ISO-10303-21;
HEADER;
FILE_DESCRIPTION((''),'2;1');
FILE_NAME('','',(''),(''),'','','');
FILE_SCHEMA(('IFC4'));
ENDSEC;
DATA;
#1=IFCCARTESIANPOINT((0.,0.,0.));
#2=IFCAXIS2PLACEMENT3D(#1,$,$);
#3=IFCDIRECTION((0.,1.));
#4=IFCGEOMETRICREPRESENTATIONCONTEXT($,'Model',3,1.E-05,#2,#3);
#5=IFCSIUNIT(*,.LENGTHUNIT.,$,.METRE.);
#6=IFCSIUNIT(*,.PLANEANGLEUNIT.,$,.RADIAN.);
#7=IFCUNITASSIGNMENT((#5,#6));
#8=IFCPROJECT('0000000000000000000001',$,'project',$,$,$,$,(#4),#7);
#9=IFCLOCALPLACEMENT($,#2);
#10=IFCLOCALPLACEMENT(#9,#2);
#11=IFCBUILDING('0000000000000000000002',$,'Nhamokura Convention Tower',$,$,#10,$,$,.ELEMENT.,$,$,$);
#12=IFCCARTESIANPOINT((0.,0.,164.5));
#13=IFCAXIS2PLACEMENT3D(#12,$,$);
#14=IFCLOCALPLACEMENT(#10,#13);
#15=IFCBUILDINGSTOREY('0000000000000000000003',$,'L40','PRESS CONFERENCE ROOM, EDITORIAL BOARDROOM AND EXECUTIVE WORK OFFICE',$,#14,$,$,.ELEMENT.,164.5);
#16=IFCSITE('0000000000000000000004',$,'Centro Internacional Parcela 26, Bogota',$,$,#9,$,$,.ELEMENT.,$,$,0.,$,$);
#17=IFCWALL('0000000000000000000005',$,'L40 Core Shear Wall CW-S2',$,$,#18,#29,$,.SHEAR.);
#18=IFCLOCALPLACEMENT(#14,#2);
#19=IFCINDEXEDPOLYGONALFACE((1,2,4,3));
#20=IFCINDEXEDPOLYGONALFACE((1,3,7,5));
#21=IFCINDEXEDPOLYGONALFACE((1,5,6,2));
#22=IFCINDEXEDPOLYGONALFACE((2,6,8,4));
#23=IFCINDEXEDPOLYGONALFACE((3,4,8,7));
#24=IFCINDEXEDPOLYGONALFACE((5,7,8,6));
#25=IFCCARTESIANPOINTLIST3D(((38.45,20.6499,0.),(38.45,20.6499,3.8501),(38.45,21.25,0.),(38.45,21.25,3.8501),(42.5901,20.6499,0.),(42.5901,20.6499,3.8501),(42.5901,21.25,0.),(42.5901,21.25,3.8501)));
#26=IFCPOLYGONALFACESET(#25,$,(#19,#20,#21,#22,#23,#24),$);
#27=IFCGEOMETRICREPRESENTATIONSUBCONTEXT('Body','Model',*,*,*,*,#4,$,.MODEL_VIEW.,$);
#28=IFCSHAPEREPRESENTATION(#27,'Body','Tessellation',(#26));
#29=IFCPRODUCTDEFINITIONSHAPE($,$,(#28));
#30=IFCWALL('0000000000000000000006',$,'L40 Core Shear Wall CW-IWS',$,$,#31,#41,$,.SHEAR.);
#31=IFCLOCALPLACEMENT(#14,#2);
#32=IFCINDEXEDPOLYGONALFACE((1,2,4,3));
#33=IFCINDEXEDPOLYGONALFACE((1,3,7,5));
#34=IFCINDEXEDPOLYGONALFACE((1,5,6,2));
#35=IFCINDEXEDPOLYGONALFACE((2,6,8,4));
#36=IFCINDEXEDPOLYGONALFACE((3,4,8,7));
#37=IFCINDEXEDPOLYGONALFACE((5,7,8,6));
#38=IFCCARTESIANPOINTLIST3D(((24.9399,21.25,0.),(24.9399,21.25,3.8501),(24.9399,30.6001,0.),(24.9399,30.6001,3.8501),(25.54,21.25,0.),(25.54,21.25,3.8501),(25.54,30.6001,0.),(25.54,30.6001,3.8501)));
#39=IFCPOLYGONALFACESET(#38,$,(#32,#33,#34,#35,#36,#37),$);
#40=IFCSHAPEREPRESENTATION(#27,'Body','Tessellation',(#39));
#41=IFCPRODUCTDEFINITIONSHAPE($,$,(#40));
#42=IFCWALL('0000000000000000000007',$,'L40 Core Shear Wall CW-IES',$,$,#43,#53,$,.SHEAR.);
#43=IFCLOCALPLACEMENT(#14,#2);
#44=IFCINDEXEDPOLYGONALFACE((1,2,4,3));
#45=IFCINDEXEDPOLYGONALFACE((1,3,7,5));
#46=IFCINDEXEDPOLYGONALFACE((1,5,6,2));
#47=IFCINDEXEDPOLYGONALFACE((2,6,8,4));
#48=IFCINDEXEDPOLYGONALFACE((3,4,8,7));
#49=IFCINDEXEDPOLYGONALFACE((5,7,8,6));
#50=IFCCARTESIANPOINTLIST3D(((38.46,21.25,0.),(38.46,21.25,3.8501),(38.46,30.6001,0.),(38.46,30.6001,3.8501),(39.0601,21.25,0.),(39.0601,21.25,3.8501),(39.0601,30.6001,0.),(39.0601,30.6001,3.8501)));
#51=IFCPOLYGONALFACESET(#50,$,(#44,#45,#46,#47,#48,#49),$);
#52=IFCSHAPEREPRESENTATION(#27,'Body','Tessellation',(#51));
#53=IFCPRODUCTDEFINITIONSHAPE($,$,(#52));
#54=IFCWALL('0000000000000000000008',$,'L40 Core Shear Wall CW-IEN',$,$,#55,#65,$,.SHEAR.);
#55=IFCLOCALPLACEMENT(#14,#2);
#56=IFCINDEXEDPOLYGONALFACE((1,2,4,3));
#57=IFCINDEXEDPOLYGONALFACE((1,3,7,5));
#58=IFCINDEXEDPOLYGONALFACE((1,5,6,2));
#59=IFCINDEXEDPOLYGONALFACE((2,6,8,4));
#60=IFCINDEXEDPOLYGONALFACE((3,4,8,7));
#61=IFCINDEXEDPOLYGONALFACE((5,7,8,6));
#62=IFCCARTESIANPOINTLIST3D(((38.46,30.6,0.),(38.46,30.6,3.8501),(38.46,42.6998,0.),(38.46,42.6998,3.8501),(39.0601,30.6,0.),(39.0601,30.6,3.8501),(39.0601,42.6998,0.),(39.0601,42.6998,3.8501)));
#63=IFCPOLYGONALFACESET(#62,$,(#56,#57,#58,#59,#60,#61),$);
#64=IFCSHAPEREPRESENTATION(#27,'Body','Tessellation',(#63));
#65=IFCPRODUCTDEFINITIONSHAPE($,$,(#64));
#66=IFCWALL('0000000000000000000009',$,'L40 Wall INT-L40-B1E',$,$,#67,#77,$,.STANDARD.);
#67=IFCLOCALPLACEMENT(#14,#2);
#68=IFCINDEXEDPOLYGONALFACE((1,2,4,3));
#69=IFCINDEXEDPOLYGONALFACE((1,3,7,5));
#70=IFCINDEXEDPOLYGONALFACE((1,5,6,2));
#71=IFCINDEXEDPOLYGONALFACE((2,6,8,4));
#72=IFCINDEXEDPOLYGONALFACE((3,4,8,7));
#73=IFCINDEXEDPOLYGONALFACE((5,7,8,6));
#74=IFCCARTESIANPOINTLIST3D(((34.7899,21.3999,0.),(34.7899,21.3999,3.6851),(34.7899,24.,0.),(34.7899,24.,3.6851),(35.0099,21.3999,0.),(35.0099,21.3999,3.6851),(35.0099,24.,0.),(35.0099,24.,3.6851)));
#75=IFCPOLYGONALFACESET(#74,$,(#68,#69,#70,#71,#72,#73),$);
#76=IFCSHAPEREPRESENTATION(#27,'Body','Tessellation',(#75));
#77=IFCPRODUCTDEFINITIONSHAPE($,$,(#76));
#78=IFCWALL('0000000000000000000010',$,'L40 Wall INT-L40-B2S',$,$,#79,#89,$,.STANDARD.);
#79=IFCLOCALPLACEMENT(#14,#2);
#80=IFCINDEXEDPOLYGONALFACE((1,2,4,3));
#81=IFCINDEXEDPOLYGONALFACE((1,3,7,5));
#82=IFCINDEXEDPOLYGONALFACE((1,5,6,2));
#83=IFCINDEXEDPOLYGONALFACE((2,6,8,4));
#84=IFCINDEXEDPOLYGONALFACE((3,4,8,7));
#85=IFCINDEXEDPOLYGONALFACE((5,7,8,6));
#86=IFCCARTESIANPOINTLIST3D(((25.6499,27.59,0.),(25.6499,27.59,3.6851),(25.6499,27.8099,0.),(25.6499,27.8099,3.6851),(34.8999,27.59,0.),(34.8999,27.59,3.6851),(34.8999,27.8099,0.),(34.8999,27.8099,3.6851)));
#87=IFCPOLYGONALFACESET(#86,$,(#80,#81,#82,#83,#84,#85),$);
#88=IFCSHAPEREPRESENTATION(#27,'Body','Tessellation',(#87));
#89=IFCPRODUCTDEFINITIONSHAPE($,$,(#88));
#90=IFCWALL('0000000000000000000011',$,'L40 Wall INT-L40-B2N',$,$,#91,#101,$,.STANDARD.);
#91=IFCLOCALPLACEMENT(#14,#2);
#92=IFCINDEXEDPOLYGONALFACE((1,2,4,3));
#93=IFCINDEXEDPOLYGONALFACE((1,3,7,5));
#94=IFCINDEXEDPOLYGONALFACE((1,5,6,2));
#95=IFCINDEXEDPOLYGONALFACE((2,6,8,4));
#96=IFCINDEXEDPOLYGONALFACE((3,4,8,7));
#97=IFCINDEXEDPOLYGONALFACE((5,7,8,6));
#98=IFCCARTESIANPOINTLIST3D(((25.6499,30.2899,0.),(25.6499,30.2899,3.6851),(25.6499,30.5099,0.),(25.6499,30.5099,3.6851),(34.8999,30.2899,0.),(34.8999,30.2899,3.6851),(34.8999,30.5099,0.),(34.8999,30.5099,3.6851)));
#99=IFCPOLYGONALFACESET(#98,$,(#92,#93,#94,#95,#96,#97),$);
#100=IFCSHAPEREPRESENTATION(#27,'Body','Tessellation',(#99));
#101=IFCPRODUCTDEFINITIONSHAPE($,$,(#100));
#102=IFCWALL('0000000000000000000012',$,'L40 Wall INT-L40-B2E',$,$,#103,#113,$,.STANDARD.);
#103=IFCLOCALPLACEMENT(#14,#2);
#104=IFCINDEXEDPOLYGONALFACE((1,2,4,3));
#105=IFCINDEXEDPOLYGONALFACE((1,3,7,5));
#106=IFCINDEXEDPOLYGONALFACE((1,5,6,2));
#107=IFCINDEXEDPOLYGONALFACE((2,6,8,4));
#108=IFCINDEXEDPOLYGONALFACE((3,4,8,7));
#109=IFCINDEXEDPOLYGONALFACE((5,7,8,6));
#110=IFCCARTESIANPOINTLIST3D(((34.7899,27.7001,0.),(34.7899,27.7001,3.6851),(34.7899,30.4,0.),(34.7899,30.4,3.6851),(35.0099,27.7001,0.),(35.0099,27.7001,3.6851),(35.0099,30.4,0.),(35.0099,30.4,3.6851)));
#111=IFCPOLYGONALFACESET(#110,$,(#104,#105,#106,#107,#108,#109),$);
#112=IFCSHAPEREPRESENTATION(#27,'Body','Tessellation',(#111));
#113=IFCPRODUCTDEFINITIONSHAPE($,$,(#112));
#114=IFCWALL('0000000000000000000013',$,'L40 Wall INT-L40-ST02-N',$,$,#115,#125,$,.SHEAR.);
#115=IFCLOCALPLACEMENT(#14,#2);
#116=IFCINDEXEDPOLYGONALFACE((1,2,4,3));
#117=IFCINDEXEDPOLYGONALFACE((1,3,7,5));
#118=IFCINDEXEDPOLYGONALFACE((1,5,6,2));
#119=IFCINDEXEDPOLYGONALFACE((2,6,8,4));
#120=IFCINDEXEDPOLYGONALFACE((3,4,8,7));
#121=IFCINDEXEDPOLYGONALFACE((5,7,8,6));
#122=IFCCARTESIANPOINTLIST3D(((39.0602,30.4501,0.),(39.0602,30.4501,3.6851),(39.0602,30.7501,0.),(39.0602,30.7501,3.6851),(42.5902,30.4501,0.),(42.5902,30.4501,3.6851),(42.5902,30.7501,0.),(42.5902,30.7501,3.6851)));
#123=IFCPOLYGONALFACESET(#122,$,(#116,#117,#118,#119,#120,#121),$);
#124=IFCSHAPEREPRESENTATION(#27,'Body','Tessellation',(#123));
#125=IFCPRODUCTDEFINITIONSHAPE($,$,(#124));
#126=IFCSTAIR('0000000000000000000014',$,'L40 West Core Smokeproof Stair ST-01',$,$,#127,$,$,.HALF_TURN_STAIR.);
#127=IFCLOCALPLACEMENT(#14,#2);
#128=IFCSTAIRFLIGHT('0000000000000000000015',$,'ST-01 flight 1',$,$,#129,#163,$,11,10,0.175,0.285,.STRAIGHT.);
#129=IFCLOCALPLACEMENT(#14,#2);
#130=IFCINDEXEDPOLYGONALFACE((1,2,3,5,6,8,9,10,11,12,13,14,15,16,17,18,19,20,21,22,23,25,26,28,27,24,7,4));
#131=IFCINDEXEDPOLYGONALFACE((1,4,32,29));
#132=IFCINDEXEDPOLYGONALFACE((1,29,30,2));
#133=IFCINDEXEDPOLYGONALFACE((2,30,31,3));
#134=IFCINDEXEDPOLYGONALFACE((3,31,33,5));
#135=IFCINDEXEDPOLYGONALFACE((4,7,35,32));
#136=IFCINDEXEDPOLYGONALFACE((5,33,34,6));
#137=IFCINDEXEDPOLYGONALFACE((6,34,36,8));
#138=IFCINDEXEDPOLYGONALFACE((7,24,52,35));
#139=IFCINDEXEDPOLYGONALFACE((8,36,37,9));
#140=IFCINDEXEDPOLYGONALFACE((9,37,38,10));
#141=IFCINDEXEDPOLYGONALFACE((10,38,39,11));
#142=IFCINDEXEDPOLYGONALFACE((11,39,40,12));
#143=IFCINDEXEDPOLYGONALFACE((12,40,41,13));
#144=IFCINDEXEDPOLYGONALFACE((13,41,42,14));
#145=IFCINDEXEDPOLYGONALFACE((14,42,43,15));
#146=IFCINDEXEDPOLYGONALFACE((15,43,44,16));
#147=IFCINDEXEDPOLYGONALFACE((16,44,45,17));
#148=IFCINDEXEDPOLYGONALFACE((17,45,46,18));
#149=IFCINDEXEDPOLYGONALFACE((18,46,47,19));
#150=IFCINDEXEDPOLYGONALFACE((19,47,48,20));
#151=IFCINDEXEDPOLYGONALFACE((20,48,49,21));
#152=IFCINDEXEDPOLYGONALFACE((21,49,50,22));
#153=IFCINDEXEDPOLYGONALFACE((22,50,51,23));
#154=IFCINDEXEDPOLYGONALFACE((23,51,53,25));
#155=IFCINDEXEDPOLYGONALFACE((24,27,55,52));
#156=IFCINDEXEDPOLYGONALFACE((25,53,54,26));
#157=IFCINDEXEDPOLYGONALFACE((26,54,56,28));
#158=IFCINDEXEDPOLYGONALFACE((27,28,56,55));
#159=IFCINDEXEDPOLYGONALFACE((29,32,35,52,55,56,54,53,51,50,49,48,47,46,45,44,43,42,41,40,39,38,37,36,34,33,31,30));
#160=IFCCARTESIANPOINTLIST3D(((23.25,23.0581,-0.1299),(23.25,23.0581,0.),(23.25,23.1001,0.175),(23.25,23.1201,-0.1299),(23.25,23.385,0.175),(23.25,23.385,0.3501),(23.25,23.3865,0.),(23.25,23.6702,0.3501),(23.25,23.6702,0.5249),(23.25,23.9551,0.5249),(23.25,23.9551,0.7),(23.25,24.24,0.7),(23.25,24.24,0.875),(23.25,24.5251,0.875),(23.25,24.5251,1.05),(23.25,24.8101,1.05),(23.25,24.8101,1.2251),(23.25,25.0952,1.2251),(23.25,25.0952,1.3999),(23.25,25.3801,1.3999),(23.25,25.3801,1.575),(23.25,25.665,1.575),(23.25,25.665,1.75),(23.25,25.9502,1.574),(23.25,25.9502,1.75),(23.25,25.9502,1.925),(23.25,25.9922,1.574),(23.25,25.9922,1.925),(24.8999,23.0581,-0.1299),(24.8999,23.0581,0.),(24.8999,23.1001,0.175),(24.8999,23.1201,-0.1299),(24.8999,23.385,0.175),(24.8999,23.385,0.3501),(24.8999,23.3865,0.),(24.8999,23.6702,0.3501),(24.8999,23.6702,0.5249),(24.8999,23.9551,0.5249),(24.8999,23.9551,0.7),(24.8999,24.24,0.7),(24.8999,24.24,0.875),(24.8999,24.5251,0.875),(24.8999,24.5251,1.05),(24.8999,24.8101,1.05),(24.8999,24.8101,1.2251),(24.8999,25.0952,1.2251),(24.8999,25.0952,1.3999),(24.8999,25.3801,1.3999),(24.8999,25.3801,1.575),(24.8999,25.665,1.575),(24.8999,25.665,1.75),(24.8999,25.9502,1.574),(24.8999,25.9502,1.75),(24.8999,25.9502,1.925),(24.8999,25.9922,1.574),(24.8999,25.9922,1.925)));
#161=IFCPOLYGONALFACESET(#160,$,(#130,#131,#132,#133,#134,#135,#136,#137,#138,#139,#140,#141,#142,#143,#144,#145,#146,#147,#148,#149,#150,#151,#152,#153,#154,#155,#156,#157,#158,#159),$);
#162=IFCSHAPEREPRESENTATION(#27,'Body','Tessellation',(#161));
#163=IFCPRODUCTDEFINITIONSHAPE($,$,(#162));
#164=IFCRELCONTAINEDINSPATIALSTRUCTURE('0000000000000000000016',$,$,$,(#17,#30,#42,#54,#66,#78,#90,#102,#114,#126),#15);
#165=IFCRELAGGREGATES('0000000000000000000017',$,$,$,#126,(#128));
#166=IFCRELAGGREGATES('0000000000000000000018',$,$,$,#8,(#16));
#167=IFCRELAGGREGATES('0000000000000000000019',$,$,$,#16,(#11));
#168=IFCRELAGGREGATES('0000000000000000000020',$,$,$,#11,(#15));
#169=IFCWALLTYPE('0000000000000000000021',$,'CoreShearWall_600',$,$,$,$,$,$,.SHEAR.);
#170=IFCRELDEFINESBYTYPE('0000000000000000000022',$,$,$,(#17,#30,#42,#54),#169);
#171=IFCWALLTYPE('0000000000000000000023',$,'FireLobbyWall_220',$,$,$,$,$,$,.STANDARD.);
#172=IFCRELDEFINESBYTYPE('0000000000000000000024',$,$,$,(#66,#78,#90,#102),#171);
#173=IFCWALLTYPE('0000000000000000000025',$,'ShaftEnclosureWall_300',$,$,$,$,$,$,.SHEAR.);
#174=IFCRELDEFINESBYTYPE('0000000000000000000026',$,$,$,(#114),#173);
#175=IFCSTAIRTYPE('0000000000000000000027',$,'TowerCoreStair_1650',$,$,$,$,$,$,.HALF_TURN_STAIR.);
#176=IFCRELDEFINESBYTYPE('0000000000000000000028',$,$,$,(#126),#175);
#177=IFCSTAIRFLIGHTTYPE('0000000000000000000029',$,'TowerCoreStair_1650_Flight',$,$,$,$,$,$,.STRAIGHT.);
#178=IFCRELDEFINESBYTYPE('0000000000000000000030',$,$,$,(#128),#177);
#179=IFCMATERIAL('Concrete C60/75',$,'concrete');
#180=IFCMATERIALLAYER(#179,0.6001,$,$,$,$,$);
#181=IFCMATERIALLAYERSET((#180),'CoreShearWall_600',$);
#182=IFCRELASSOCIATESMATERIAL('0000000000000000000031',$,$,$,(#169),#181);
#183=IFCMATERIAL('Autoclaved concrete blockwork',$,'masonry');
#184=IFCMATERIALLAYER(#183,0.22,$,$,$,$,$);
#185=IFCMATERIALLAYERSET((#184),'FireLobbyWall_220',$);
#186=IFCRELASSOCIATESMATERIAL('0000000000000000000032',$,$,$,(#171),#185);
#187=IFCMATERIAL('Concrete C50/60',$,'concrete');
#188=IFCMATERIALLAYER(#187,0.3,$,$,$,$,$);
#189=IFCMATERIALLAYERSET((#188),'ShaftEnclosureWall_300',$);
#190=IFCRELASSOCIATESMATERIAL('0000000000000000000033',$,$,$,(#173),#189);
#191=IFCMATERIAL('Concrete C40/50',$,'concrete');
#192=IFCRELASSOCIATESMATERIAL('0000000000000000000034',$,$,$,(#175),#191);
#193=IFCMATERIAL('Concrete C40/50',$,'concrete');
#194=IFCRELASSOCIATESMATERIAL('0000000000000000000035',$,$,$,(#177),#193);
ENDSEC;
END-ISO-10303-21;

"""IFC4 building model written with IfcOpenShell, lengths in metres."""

from ifc_helpers import new_model, si_unit, direction, frame, frame_2d, origin, place, context, subcontext, project, spatial, polyline, rectangle, outline, extrude, material, layer, layer_set, type_object, element, aggregate, save


model = new_model("IFC4")

# Units and contexts
model_context = context("Model", 3, precision=1e-05, world=origin(), true_north=direction((0.0, 1.0)))
body_context = subcontext(model_context, "Body", "Model", "MODEL_VIEW")
ifc_project = project(units=[si_unit("LENGTHUNIT", "METRE"), si_unit("PLANEANGLEUNIT", "RADIAN")], contexts=[model_context])

# Site, building, storey
site_placement = place(None, origin())
site = spatial("IfcSite", under=ifc_project, at=site_placement, Name="Centro Internacional Parcela 26, Bogota", CompositionType="ELEMENT", RefElevation=0.0)
building_placement = place(site_placement, origin())
building = spatial("IfcBuilding", under=site, at=building_placement, Name="Nhamokura Convention Tower", CompositionType="ELEMENT")
storey_placement = place(building_placement, frame((0.0, 0.0, 164.5)))
storey = spatial("IfcBuildingStorey", under=building, at=storey_placement, Name="L40", Description="PRESS CONFERENCE ROOM, EDITORIAL BOARDROOM AND EXECUTIVE WORK OFFICE", CompositionType="ELEMENT", Elevation=164.5)

# Walls
ifc_material_1 = material(Name="Concrete C60/75", Category="concrete")
ifc_layer_1 = layer(ifc_material_1, 0.6001)
ifc_layer_set_1 = layer_set([ifc_layer_1], Name="CoreShearWall_600")
wall_type_1 = type_object("IfcWallType", Name="CoreShearWall_600", PredefinedType="SHEAR", material=ifc_layer_set_1)
wall_1_placement = place(storey_placement, frame((38.45, 20.95, 0.0), z_axis=(0.0, 0.0, 1.0), x_axis=(1.0, 0.0, 0.0)))
element("IfcWall", 1, at=wall_1_placement, inside=storey, type_object=wall_type_1, Name="L40 Core Shear Wall CW-S2", PredefinedType="SHEAR", context=body_context, shape_type="SweptSolid", body=[
    extrude(rectangle(XDim=4.1401, YDim=0.6001, at=frame_2d((2.0701, 0.0))), origin(), (0.0, 0.0, 1.0), 3.8501),
])
wall_2_placement = place(storey_placement, frame((25.24, 21.25, 0.0), z_axis=(0.0, 0.0, 1.0), x_axis=(0.0, 1.0, 0.0)))
element("IfcWall", 2, at=wall_2_placement, inside=storey, type_object=wall_type_1, Name="L40 Core Shear Wall CW-IWS", PredefinedType="SHEAR", context=body_context, shape_type="SweptSolid", body=[
    extrude(rectangle(XDim=9.3501, YDim=0.6001, at=frame_2d((4.675, 0.0))), origin(), (0.0, 0.0, 1.0), 3.8501),
])

# Walls
wall_3_placement = place(storey_placement, frame((38.76, 21.25, 0.0), z_axis=(0.0, 0.0, 1.0), x_axis=(0.0, 1.0, 0.0)))
element("IfcWall", 3, at=wall_3_placement, inside=storey, type_object=wall_type_1, Name="L40 Core Shear Wall CW-IES", PredefinedType="SHEAR", context=body_context, shape_type="SweptSolid", body=[
    extrude(rectangle(XDim=9.3501, YDim=0.6001, at=frame_2d((4.675, 0.0))), origin(), (0.0, 0.0, 1.0), 3.8501),
])
wall_4_placement = place(storey_placement, frame((38.76, 30.6001, 0.0), z_axis=(0.0, 0.0, 1.0), x_axis=(0.0, 1.0, 0.0)))
element("IfcWall", 4, at=wall_4_placement, inside=storey, type_object=wall_type_1, Name="L40 Core Shear Wall CW-IEN", PredefinedType="SHEAR", context=body_context, shape_type="SweptSolid", body=[
    extrude(rectangle(XDim=12.0999, YDim=0.6001, at=frame_2d((6.0498, 0.0))), origin(), (0.0, 0.0, 1.0), 3.8501),
])

# Shared definitions
ifc_material_2 = material(Name="Autoclaved concrete blockwork", Category="masonry")
ifc_layer_2 = layer(ifc_material_2, 0.22)
ifc_layer_set_2 = layer_set([ifc_layer_2], Name="FireLobbyWall_220")
wall_type_2 = type_object("IfcWallType", Name="FireLobbyWall_220", PredefinedType="STANDARD", material=ifc_layer_set_2)

# Walls
wall_5_placement = place(storey_placement, frame((34.8999, 21.3999, 0.0), z_axis=(0.0, 0.0, 1.0), x_axis=(0.0, 1.0, 0.0)))
element("IfcWall", 5, at=wall_5_placement, inside=storey, type_object=wall_type_2, Name="L40 Wall INT-L40-B1E", PredefinedType="STANDARD", context=body_context, shape_type="SweptSolid", body=[
    extrude(rectangle(XDim=2.6001, YDim=0.22, at=frame_2d((1.3, 0.0))), origin(), (0.0, 0.0, 1.0), 3.6851),
])
for number, where, z_axis, x_axis, name in (
    (6, (25.6499, 27.7, 0.0), (0.0, 0.0, 1.0), (1.0, 0.0, 0.0), "L40 Wall INT-L40-B2S"),
    (7, (25.6499, 30.3999, 0.0), (0.0, 0.0, 1.0), (1.0, 0.0, 0.0), "L40 Wall INT-L40-B2N"),
):
    element("IfcWall", number, at=place(storey_placement, frame(where, z_axis=z_axis, x_axis=x_axis)), inside=storey, type_object=wall_type_2, Name=name, PredefinedType="STANDARD", context=body_context, shape_type="SweptSolid", body=[
        extrude(rectangle(XDim=9.25, YDim=0.22, at=frame_2d((4.625, 0.0))), origin(), (0.0, 0.0, 1.0), 3.6851),
    ])
wall_6_placement = place(storey_placement, frame((34.8999, 27.7, 0.0), z_axis=(0.0, 0.0, 1.0), x_axis=(0.0, 1.0, 0.0)))
element("IfcWall", 8, at=wall_6_placement, inside=storey, type_object=wall_type_2, Name="L40 Wall INT-L40-B2E", PredefinedType="STANDARD", context=body_context, shape_type="SweptSolid", body=[
    extrude(rectangle(XDim=2.7, YDim=0.22, at=frame_2d((1.3501, 0.0))), origin(), (0.0, 0.0, 1.0), 3.6851),
])
ifc_material_3 = material(Name="Concrete C50/60", Category="concrete")
ifc_layer_3 = layer(ifc_material_3, 0.3)
ifc_layer_set_3 = layer_set([ifc_layer_3], Name="ShaftEnclosureWall_300")
wall_type_3 = type_object("IfcWallType", Name="ShaftEnclosureWall_300", PredefinedType="SHEAR", material=ifc_layer_set_3)
wall_7_placement = place(storey_placement, frame((39.0601, 30.6001, 0.0), z_axis=(0.0, 0.0, 1.0), x_axis=(1.0, 0.0, 0.0)))
element("IfcWall", 9, at=wall_7_placement, inside=storey, type_object=wall_type_3, Name="L40 Wall INT-L40-ST02-N", PredefinedType="SHEAR", context=body_context, shape_type="SweptSolid", body=[
    extrude(rectangle(XDim=3.53, YDim=0.3, at=frame_2d((1.7651, 0.0))), origin(), (0.0, 0.0, 1.0), 3.6851),
])

# Stair, stair flight
ifc_material_4 = material(Name="Concrete C40/50", Category="concrete")
stair_type = type_object("IfcStairType", Name="TowerCoreStair_1650", PredefinedType="HALF_TURN_STAIR", material=ifc_material_4)
stair_1_placement = place(storey_placement, origin())
stair_1 = element("IfcStair", 10, at=stair_1_placement, inside=storey, type_object=stair_type, Name="L40 West Core Smokeproof Stair ST-01", PredefinedType="HALF_TURN_STAIR")
ifc_material_5 = material(Name="Concrete C40/50", Category="concrete")
stair_flight_type = type_object("IfcStairFlightType", Name="TowerCoreStair_1650_Flight", PredefinedType="STRAIGHT", material=ifc_material_5)
stair_flight_1_placement = place(storey_placement, frame((24.075, 23.1001, 0.0), z_axis=(0.0, 0.0, 1.0), x_axis=(0.0, 1.0, 0.0)))
stair_flight_1 = element("IfcStairFlight", 11, at=stair_flight_1_placement, type_object=stair_flight_type, Name="ST-01 flight 1", NumberOfRisers=11, NumberOfTreads=10, PredefinedType="STRAIGHT", RiserHeight=0.175, TreadLength=0.285, context=body_context, shape_type="SweptSolid", body=[
    extrude(outline(polyline([(-0.042, 0.0), (0.0, 0.175), (0.2849, 0.175), (0.2849, 0.3501), (0.5701, 0.3501), (0.5701, 0.5249), (0.855, 0.5249), (0.855, 0.7), (1.1399, 0.7), (1.1399, 0.875), (1.425, 0.875), (1.425, 1.05), (1.71, 1.05), (1.71, 1.2251), (1.9951, 1.2251), (1.9951, 1.3999), (2.28, 1.3999), (2.28, 1.575), (2.5649, 1.575), (2.5649, 1.75), (2.8501, 1.75), (2.8501, 1.925), (2.8921, 1.925), (2.8921, 1.574), (2.8501, 1.574), (0.2864, 0.0), (0.02, -0.1299), (-0.042, -0.1299), (-0.042, 0.0)])), frame((0.0, 0.825, 0.0), z_axis=(0.0, -1.0, 0.0), x_axis=(1.0, 0.0, 0.0)), (0.0, 0.0, 1.0), 1.6499),
])
aggregate(stair_1, [stair_flight_1])

save(model, "model.ifc")
